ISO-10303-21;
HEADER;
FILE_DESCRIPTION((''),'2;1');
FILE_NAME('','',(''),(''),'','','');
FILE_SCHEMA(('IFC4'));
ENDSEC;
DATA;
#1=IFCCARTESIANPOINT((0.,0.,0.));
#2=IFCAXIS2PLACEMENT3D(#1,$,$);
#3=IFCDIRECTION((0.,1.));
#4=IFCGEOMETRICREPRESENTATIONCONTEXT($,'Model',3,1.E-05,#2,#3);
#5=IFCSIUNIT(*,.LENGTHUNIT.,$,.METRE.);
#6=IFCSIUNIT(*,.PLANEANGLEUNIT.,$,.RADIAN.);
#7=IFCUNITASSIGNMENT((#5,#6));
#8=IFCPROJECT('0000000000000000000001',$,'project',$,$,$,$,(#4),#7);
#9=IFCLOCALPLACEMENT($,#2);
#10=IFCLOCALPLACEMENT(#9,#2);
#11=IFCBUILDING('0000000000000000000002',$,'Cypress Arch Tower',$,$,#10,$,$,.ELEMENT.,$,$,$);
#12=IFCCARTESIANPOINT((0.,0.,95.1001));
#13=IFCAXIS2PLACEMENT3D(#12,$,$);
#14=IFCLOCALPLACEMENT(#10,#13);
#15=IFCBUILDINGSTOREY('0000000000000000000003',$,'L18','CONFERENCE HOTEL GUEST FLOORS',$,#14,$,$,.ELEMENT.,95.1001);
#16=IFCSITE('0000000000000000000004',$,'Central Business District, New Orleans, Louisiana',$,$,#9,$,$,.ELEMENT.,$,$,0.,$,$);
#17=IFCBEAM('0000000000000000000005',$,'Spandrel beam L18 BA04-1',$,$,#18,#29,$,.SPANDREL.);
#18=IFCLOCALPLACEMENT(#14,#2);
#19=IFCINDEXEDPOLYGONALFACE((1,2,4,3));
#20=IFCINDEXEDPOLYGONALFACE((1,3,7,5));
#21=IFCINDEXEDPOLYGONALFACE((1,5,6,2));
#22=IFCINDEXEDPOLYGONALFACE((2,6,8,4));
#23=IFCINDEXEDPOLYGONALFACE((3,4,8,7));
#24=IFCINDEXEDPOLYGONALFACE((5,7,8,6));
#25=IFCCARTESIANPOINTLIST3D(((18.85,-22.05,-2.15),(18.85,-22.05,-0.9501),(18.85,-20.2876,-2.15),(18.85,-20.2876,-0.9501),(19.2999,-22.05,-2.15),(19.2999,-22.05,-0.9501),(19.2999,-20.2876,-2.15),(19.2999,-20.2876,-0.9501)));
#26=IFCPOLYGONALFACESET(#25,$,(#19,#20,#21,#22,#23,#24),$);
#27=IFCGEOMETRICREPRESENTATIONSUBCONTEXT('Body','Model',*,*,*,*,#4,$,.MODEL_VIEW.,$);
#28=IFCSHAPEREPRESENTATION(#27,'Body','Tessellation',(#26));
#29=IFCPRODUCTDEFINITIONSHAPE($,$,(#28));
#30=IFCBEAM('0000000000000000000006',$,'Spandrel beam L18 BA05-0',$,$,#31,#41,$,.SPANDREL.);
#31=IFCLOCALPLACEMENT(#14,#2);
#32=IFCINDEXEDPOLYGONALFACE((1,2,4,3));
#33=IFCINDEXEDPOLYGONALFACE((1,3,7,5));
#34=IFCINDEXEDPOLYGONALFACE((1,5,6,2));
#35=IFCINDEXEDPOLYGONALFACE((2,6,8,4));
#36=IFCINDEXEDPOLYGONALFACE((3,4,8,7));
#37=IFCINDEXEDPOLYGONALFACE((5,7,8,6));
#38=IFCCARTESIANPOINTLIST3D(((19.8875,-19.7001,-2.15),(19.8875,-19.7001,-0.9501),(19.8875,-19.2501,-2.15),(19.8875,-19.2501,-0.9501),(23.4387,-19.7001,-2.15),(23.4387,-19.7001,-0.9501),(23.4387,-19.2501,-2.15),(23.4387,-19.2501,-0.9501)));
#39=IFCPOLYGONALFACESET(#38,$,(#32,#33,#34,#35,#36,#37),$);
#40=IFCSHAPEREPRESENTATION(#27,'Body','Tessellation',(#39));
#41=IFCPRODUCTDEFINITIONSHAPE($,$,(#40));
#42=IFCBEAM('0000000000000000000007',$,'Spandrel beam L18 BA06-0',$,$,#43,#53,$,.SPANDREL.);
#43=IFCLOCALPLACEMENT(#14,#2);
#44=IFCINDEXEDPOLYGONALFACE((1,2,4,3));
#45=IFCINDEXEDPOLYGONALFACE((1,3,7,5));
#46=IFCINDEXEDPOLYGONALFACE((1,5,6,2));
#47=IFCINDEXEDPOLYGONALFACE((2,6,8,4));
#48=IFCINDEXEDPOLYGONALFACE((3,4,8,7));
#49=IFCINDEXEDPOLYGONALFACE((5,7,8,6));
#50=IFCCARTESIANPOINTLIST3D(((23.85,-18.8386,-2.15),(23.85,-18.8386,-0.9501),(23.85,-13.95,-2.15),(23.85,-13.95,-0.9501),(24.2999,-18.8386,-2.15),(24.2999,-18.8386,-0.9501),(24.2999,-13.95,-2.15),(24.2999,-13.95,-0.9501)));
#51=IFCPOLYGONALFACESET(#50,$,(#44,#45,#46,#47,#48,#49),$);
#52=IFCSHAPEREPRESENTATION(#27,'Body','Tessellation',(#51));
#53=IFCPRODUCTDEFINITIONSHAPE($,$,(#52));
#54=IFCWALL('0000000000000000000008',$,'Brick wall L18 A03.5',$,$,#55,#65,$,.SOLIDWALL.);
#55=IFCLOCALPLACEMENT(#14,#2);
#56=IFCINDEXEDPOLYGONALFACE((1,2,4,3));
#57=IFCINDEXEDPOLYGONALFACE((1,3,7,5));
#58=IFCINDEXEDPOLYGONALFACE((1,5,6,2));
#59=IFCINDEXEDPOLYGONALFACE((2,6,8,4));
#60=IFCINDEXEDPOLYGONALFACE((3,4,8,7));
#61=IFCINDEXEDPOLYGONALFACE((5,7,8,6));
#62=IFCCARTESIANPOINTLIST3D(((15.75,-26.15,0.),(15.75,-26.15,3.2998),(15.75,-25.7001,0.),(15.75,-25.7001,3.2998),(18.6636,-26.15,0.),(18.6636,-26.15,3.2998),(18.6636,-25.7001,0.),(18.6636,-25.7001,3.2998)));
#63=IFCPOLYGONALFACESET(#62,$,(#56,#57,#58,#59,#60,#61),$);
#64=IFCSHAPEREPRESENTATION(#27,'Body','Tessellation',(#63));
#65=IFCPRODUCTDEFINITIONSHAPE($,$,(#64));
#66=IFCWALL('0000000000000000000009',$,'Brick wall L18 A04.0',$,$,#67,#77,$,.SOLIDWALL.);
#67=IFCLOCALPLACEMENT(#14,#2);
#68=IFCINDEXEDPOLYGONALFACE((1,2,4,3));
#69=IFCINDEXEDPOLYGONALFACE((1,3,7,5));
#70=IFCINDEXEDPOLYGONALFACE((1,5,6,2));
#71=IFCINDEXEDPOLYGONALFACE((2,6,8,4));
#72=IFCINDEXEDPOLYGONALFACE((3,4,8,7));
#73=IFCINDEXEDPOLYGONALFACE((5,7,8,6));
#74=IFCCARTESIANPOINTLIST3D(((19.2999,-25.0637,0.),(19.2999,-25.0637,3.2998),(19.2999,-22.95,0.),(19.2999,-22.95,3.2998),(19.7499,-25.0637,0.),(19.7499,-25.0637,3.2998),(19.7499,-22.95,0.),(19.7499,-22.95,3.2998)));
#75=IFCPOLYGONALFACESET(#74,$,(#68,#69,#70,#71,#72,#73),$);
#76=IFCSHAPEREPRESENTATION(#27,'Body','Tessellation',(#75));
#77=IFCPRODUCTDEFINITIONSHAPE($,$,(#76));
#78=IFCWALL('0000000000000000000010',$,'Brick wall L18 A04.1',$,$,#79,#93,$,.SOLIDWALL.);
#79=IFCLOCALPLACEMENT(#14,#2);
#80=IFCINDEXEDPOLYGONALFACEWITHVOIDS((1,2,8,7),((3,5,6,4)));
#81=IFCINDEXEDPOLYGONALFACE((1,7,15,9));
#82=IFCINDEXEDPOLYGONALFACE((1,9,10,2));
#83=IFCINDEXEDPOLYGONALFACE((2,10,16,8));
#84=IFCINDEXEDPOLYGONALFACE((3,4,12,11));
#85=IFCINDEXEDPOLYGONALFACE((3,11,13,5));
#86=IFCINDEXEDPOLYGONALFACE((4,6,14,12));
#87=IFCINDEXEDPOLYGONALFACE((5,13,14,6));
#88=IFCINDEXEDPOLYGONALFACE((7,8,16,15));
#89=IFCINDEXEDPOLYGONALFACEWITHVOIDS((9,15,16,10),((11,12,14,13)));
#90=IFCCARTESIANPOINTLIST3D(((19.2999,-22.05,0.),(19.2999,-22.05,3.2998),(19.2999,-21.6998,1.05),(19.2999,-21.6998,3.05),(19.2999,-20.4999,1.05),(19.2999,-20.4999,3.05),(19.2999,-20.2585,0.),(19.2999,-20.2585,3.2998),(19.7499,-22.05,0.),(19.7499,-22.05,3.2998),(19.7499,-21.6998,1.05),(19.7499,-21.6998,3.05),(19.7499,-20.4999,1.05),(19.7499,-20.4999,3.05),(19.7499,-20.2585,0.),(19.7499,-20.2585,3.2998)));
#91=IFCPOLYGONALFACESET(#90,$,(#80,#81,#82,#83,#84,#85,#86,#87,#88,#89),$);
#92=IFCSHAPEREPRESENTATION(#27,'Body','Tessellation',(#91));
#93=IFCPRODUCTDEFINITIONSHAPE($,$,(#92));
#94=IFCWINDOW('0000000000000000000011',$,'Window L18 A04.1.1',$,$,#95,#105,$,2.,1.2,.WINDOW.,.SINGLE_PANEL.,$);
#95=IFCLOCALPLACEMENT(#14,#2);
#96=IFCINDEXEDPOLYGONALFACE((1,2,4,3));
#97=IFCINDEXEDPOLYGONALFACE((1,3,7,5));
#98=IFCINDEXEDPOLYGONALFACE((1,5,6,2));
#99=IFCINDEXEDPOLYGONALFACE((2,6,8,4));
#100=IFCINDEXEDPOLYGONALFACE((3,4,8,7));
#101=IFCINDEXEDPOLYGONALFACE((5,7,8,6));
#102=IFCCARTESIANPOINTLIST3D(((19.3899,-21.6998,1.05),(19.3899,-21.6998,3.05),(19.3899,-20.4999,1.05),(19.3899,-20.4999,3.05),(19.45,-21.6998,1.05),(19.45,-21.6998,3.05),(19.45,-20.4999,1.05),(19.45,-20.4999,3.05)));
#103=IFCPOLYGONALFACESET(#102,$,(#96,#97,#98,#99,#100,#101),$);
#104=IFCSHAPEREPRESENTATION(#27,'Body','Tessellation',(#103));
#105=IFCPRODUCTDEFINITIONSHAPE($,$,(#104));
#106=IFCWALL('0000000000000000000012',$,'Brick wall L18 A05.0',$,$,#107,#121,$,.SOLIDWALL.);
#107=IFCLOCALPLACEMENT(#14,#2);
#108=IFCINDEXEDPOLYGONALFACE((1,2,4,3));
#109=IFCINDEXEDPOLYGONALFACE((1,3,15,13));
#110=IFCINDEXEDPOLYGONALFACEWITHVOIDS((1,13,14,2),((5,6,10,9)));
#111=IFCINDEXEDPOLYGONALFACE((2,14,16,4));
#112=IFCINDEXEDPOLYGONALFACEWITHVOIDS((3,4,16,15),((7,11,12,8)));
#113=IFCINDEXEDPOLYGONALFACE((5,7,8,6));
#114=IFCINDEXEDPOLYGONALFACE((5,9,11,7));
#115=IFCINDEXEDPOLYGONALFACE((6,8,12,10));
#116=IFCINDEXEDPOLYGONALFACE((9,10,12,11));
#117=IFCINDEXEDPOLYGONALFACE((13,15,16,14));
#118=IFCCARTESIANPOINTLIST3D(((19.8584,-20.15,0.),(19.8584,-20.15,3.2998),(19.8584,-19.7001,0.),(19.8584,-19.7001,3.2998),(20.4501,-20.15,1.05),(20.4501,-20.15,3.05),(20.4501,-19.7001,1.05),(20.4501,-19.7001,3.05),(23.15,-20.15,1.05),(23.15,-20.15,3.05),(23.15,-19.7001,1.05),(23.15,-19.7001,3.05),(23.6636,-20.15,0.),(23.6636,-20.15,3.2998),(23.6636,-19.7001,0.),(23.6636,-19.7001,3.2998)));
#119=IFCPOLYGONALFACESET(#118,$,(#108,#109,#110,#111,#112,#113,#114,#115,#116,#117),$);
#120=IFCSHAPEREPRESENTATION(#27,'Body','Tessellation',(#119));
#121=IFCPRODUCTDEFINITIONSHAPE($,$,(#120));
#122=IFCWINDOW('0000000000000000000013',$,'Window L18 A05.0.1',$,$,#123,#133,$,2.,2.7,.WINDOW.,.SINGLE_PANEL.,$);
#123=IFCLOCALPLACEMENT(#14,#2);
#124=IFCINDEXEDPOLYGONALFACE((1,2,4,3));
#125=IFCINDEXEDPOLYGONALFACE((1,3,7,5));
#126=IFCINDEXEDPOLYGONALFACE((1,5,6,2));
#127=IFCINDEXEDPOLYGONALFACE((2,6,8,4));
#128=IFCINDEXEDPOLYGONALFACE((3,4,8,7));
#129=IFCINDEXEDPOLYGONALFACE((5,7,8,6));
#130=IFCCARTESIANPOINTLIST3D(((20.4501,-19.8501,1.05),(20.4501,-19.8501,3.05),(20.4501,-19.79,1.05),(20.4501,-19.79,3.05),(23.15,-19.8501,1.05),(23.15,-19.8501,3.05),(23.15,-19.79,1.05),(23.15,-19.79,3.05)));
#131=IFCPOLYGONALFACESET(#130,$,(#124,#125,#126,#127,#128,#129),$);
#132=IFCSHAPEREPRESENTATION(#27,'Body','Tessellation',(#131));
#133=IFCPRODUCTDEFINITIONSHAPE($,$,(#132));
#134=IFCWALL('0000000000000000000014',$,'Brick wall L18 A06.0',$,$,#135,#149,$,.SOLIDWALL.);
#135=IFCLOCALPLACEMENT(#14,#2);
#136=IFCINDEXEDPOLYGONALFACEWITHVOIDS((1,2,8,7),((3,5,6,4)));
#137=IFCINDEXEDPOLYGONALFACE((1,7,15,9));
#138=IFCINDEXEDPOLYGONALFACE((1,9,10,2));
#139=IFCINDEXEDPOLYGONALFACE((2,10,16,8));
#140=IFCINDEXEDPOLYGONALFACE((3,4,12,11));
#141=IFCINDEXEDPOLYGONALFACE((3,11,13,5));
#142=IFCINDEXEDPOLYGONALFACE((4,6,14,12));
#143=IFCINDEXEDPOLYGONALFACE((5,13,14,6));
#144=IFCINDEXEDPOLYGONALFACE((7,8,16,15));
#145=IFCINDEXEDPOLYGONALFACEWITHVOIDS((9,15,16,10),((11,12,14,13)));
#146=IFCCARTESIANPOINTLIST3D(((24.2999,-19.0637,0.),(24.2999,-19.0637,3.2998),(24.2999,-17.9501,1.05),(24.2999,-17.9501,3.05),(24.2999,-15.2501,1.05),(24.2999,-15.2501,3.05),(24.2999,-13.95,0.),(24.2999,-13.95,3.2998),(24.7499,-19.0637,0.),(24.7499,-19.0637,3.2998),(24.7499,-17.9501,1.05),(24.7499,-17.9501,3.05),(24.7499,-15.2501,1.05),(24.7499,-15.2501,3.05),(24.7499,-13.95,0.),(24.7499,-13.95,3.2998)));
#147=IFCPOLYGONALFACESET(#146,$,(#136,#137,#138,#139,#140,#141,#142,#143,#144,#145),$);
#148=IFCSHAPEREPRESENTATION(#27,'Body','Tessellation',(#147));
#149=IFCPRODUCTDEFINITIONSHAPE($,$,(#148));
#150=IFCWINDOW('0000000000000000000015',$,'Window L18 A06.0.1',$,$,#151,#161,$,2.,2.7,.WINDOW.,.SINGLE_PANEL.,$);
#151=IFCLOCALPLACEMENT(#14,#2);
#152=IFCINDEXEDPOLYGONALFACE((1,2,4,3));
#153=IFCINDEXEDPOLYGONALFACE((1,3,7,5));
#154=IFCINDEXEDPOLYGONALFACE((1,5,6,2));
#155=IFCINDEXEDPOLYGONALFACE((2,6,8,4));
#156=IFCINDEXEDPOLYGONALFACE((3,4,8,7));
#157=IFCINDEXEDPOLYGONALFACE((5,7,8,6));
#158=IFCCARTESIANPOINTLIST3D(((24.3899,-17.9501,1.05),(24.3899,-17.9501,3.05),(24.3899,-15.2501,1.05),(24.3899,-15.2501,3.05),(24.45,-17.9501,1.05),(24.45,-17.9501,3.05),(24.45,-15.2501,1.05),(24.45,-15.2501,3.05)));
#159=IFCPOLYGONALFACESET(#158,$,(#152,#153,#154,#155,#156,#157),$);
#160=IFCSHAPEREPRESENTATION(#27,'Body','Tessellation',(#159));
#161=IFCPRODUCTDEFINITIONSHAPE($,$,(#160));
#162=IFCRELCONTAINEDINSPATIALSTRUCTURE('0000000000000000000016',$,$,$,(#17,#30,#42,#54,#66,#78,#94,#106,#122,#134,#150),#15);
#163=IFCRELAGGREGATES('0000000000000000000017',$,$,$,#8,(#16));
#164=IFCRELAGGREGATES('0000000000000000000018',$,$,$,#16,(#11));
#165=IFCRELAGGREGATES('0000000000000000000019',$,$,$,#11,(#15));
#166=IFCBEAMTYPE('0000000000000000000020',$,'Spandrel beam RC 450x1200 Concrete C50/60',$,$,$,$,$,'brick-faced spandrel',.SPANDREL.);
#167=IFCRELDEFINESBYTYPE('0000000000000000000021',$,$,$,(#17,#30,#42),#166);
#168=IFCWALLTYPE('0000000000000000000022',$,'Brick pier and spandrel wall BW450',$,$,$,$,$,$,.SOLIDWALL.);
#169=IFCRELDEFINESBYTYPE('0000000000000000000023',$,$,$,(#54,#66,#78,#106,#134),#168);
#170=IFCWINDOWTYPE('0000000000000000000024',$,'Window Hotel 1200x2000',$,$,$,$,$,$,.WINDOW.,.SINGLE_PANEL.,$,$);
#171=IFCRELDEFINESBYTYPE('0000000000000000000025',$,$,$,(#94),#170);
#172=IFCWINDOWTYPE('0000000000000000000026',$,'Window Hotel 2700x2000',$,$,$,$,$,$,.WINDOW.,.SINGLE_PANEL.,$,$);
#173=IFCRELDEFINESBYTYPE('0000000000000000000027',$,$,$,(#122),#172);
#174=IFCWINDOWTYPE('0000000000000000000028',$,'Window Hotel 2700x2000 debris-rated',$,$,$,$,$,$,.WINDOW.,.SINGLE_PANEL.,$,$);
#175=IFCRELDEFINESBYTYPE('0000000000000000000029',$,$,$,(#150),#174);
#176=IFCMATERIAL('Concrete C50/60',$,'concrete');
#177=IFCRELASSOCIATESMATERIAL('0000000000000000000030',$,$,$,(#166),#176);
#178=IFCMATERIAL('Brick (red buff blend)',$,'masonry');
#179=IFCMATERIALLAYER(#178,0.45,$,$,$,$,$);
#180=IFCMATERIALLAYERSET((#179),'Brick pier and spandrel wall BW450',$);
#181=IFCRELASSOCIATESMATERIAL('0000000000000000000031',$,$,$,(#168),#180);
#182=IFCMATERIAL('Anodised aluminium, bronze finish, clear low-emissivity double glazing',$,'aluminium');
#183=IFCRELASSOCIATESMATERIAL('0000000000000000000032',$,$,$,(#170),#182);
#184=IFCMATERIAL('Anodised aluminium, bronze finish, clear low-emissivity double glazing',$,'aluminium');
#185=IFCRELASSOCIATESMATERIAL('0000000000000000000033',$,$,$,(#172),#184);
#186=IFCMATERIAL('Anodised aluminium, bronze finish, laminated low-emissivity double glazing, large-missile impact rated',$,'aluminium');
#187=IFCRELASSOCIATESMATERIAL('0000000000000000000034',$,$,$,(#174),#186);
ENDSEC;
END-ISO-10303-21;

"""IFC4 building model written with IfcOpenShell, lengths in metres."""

from ifc_helpers import new_model, si_unit, direction, frame, frame_2d, origin, origin_2d, place, context, subcontext, project, spatial, rectangle, extrude, material, layer, layer_set, material_profile, profile_set, type_object, element, fill, save


model = new_model("IFC4")

# Units and contexts
model_context = context("Model", 3, precision=1e-05, world=origin(), true_north=direction((0.0, 1.0)))
body_context = subcontext(model_context, "Body", "Model", "MODEL_VIEW")
ifc_project = project(units=[si_unit("LENGTHUNIT", "METRE"), si_unit("PLANEANGLEUNIT", "RADIAN")], contexts=[model_context])

# Site, building, storey
site_placement = place(None, origin())
site = spatial("IfcSite", under=ifc_project, at=site_placement, Name="Central Business District, New Orleans, Louisiana", CompositionType="ELEMENT", RefElevation=0.0)
building_placement = place(site_placement, origin())
building = spatial("IfcBuilding", under=site, at=building_placement, Name="Cypress Arch Tower", CompositionType="ELEMENT")
storey_placement = place(building_placement, frame((0.0, 0.0, 95.1001)))
storey = spatial("IfcBuildingStorey", under=building, at=storey_placement, Name="L18", Description="CONFERENCE HOTEL GUEST FLOORS", CompositionType="ELEMENT", Elevation=95.1001)

# Beams
ifc_material_1 = material(Name="Concrete C50/60", Category="concrete")
ifc_material_profile_1 = material_profile(ifc_material_1, rectangle(XDim=0.45, YDim=1.2, at=origin_2d()), Name="RC 450x1200")
ifc_profile_set_1 = profile_set([ifc_material_profile_1], Name="Concrete C50/60")
beam_type_1 = type_object("IfcBeamType", Name="Spandrel beam RC 450x1200 Concrete C50/60", ElementType="brick-faced spandrel", PredefinedType="SPANDREL", material=ifc_profile_set_1)
beam_1_placement = place(storey_placement, frame((19.075, -22.05, -1.55), z_axis=(0.0, 1.0, 0.0), x_axis=(-1.0, 0.0, 0.0)))
element("IfcBeam", 1, at=beam_1_placement, inside=storey, type_object=beam_type_1, Name="Spandrel beam L18 BA04-1", PredefinedType="SPANDREL", context=body_context, shape_type="SweptSolid", body=[
    extrude(rectangle(XDim=0.45, YDim=1.2, at=origin_2d()), origin(), (0.0, 0.0, 1.0), 1.7625),
])
beam_2_placement = place(storey_placement, frame((19.8875, -19.4751, -1.55), z_axis=(1.0, 0.0, 0.0), x_axis=(0.0, 1.0, 0.0)))
element("IfcBeam", 2, at=beam_2_placement, inside=storey, type_object=beam_type_1, Name="Spandrel beam L18 BA05-0", PredefinedType="SPANDREL", context=body_context, shape_type="SweptSolid", body=[
    extrude(rectangle(XDim=0.45, YDim=1.2, at=origin_2d()), origin(), (0.0, 0.0, 1.0), 3.5513),
])
beam_3_placement = place(storey_placement, frame((24.075, -18.8386, -1.55), z_axis=(0.0, 1.0, 0.0), x_axis=(-1.0, 0.0, 0.0)))
element("IfcBeam", 3, at=beam_3_placement, inside=storey, type_object=beam_type_1, Name="Spandrel beam L18 BA06-0", PredefinedType="SPANDREL", context=body_context, shape_type="SweptSolid", body=[
    extrude(rectangle(XDim=0.45, YDim=1.2, at=origin_2d()), origin(), (0.0, 0.0, 1.0), 4.8887),
])

# Walls
ifc_material_2 = material(Name="Brick (red buff blend)", Category="masonry")
ifc_layer_1 = layer(ifc_material_2, 0.45)
ifc_layer_set_1 = layer_set([ifc_layer_1], Name="Brick pier and spandrel wall BW450")
wall_type_1 = type_object("IfcWallType", Name="Brick pier and spandrel wall BW450", PredefinedType="SOLIDWALL", material=ifc_layer_set_1)
wall_1_placement = place(storey_placement, frame((15.75, -25.925, 0.0), z_axis=(0.0, 0.0, 1.0), x_axis=(1.0, 0.0, 0.0)))
element("IfcWall", 4, at=wall_1_placement, inside=storey, type_object=wall_type_1, Name="Brick wall L18 A03.5", PredefinedType="SOLIDWALL", context=body_context, shape_type="SweptSolid", body=[
    extrude(rectangle(XDim=2.9136, YDim=0.45, at=frame_2d((1.4568, 0.0))), origin(), (0.0, 0.0, 1.0), 3.2998),
])
wall_2_placement = place(storey_placement, frame((19.5249, -25.0637, 0.0), z_axis=(0.0, 0.0, 1.0), x_axis=(0.0, 1.0, 0.0)))
element("IfcWall", 5, at=wall_2_placement, inside=storey, type_object=wall_type_1, Name="Brick wall L18 A04.0", PredefinedType="SOLIDWALL", context=body_context, shape_type="SweptSolid", body=[
    extrude(rectangle(XDim=2.1138, YDim=0.45, at=frame_2d((1.0569, 0.0))), origin(), (0.0, 0.0, 1.0), 3.2998),
])

# Walls, openings, windows
wall_3_placement = place(storey_placement, frame((19.5249, -22.05, 0.0), z_axis=(0.0, 0.0, 1.0), x_axis=(0.0, 1.0, 0.0)))
wall_3 = element("IfcWall", 6, at=wall_3_placement, inside=storey, type_object=wall_type_1, Name="Brick wall L18 A04.1", PredefinedType="SOLIDWALL", context=body_context, shape_type="SweptSolid", body=[
    extrude(rectangle(XDim=1.7915, YDim=0.45, at=frame_2d((0.8958, 0.0))), origin(), (0.0, 0.0, 1.0), 3.2998),
])
opening_1_placement = place(wall_3_placement, frame((0.3501, 0.0, 1.05)))
opening_1 = element("IfcOpeningElement", 7, at=opening_1_placement, cuts=wall_3, PredefinedType="OPENING", context=body_context, shape_type="SweptSolid", body=[
    extrude(rectangle(XDim=1.2, YDim=2.0, at=frame_2d((0.6001, 1.0))), frame((0.0, 0.2349, 0.0), z_axis=(0.0, -1.0, 0.0), x_axis=(1.0, 0.0, 0.0)), (0.0, 0.0, 1.0), 0.47),
])
ifc_material_3 = material(Name="Anodised aluminium, bronze finish, clear low-emissivity double glazing", Category="aluminium")
window_type_1 = type_object("IfcWindowType", Name="Window Hotel 1200x2000", PartitioningType="SINGLE_PANEL", PredefinedType="WINDOW", material=ifc_material_3)
window_1_placement = place(opening_1_placement, origin())
window_1 = element("IfcWindow", 8, at=window_1_placement, inside=storey, type_object=window_type_1, Name="Window L18 A04.1.1", OverallHeight=2.0, OverallWidth=1.2, PartitioningType="SINGLE_PANEL", PredefinedType="WINDOW", context=body_context, shape_type="SweptSolid", body=[
    extrude(rectangle(XDim=1.2, YDim=2.0, at=frame_2d((0.6001, 1.0))), frame((0.0, 0.135, 0.0), z_axis=(0.0, -1.0, 0.0), x_axis=(1.0, 0.0, 0.0)), (0.0, 0.0, 1.0), 0.0601),
])
fill(opening_1, window_1)
wall_4_placement = place(storey_placement, frame((19.8584, -19.925, 0.0), z_axis=(0.0, 0.0, 1.0), x_axis=(1.0, 0.0, 0.0)))
wall_4 = element("IfcWall", 9, at=wall_4_placement, inside=storey, type_object=wall_type_1, Name="Brick wall L18 A05.0", PredefinedType="SOLIDWALL", context=body_context, shape_type="SweptSolid", body=[
    extrude(rectangle(XDim=3.8052, YDim=0.45, at=frame_2d((1.9026, 0.0))), origin(), (0.0, 0.0, 1.0), 3.2998),
])
opening_2_placement = place(wall_4_placement, frame((0.5916, 0.0, 1.05)))
opening_2 = element("IfcOpeningElement", 10, at=opening_2_placement, cuts=wall_4, PredefinedType="OPENING", context=body_context, shape_type="SweptSolid", body=[
    extrude(rectangle(XDim=2.7, YDim=2.0, at=frame_2d((1.3501, 1.0))), frame((0.0, 0.2349, 0.0), z_axis=(0.0, -1.0, 0.0), x_axis=(1.0, 0.0, 0.0)), (0.0, 0.0, 1.0), 0.47),
])
ifc_material_4 = material(Name="Anodised aluminium, bronze finish, clear low-emissivity double glazing", Category="aluminium")
window_type_2 = type_object("IfcWindowType", Name="Window Hotel 2700x2000", PartitioningType="SINGLE_PANEL", PredefinedType="WINDOW", material=ifc_material_4)
window_2_placement = place(opening_2_placement, origin())
window_2 = element("IfcWindow", 11, at=window_2_placement, inside=storey, type_object=window_type_2, Name="Window L18 A05.0.1", OverallHeight=2.0, OverallWidth=2.7, PartitioningType="SINGLE_PANEL", PredefinedType="WINDOW", context=body_context, shape_type="SweptSolid", body=[
    extrude(rectangle(XDim=2.7, YDim=2.0, at=frame_2d((1.3501, 1.0))), frame((0.0, 0.135, 0.0), z_axis=(0.0, -1.0, 0.0), x_axis=(1.0, 0.0, 0.0)), (0.0, 0.0, 1.0), 0.0601),
])
fill(opening_2, window_2)
wall_5_placement = place(storey_placement, frame((24.5249, -19.0637, 0.0), z_axis=(0.0, 0.0, 1.0), x_axis=(0.0, 1.0, 0.0)))
wall_5 = element("IfcWall", 12, at=wall_5_placement, inside=storey, type_object=wall_type_1, Name="Brick wall L18 A06.0", PredefinedType="SOLIDWALL", context=body_context, shape_type="SweptSolid", body=[
    extrude(rectangle(XDim=5.1138, YDim=0.45, at=frame_2d((2.5569, 0.0))), origin(), (0.0, 0.0, 1.0), 3.2998),
])
opening_3_placement = place(wall_5_placement, frame((1.1135, 0.0, 1.05)))
opening_3 = element("IfcOpeningElement", 13, at=opening_3_placement, cuts=wall_5, PredefinedType="OPENING", context=body_context, shape_type="SweptSolid", body=[
    extrude(rectangle(XDim=2.7, YDim=2.0, at=frame_2d((1.3501, 1.0))), frame((0.0, 0.2349, 0.0), z_axis=(0.0, -1.0, 0.0), x_axis=(1.0, 0.0, 0.0)), (0.0, 0.0, 1.0), 0.47),
])
ifc_material_5 = material(Name="Anodised aluminium, bronze finish, laminated low-emissivity double glazing, large-missile impact rated", Category="aluminium")
window_type_3 = type_object("IfcWindowType", Name="Window Hotel 2700x2000 debris-rated", PartitioningType="SINGLE_PANEL", PredefinedType="WINDOW", material=ifc_material_5)
window_3_placement = place(opening_3_placement, origin())
window_3 = element("IfcWindow", 14, at=window_3_placement, inside=storey, type_object=window_type_3, Name="Window L18 A06.0.1", OverallHeight=2.0, OverallWidth=2.7, PartitioningType="SINGLE_PANEL", PredefinedType="WINDOW", context=body_context, shape_type="SweptSolid", body=[
    extrude(rectangle(XDim=2.7, YDim=2.0, at=frame_2d((1.3501, 1.0))), frame((0.0, 0.135, 0.0), z_axis=(0.0, -1.0, 0.0), x_axis=(1.0, 0.0, 0.0)), (0.0, 0.0, 1.0), 0.0601),
])
fill(opening_3, window_3)

save(model, "model.ifc")
